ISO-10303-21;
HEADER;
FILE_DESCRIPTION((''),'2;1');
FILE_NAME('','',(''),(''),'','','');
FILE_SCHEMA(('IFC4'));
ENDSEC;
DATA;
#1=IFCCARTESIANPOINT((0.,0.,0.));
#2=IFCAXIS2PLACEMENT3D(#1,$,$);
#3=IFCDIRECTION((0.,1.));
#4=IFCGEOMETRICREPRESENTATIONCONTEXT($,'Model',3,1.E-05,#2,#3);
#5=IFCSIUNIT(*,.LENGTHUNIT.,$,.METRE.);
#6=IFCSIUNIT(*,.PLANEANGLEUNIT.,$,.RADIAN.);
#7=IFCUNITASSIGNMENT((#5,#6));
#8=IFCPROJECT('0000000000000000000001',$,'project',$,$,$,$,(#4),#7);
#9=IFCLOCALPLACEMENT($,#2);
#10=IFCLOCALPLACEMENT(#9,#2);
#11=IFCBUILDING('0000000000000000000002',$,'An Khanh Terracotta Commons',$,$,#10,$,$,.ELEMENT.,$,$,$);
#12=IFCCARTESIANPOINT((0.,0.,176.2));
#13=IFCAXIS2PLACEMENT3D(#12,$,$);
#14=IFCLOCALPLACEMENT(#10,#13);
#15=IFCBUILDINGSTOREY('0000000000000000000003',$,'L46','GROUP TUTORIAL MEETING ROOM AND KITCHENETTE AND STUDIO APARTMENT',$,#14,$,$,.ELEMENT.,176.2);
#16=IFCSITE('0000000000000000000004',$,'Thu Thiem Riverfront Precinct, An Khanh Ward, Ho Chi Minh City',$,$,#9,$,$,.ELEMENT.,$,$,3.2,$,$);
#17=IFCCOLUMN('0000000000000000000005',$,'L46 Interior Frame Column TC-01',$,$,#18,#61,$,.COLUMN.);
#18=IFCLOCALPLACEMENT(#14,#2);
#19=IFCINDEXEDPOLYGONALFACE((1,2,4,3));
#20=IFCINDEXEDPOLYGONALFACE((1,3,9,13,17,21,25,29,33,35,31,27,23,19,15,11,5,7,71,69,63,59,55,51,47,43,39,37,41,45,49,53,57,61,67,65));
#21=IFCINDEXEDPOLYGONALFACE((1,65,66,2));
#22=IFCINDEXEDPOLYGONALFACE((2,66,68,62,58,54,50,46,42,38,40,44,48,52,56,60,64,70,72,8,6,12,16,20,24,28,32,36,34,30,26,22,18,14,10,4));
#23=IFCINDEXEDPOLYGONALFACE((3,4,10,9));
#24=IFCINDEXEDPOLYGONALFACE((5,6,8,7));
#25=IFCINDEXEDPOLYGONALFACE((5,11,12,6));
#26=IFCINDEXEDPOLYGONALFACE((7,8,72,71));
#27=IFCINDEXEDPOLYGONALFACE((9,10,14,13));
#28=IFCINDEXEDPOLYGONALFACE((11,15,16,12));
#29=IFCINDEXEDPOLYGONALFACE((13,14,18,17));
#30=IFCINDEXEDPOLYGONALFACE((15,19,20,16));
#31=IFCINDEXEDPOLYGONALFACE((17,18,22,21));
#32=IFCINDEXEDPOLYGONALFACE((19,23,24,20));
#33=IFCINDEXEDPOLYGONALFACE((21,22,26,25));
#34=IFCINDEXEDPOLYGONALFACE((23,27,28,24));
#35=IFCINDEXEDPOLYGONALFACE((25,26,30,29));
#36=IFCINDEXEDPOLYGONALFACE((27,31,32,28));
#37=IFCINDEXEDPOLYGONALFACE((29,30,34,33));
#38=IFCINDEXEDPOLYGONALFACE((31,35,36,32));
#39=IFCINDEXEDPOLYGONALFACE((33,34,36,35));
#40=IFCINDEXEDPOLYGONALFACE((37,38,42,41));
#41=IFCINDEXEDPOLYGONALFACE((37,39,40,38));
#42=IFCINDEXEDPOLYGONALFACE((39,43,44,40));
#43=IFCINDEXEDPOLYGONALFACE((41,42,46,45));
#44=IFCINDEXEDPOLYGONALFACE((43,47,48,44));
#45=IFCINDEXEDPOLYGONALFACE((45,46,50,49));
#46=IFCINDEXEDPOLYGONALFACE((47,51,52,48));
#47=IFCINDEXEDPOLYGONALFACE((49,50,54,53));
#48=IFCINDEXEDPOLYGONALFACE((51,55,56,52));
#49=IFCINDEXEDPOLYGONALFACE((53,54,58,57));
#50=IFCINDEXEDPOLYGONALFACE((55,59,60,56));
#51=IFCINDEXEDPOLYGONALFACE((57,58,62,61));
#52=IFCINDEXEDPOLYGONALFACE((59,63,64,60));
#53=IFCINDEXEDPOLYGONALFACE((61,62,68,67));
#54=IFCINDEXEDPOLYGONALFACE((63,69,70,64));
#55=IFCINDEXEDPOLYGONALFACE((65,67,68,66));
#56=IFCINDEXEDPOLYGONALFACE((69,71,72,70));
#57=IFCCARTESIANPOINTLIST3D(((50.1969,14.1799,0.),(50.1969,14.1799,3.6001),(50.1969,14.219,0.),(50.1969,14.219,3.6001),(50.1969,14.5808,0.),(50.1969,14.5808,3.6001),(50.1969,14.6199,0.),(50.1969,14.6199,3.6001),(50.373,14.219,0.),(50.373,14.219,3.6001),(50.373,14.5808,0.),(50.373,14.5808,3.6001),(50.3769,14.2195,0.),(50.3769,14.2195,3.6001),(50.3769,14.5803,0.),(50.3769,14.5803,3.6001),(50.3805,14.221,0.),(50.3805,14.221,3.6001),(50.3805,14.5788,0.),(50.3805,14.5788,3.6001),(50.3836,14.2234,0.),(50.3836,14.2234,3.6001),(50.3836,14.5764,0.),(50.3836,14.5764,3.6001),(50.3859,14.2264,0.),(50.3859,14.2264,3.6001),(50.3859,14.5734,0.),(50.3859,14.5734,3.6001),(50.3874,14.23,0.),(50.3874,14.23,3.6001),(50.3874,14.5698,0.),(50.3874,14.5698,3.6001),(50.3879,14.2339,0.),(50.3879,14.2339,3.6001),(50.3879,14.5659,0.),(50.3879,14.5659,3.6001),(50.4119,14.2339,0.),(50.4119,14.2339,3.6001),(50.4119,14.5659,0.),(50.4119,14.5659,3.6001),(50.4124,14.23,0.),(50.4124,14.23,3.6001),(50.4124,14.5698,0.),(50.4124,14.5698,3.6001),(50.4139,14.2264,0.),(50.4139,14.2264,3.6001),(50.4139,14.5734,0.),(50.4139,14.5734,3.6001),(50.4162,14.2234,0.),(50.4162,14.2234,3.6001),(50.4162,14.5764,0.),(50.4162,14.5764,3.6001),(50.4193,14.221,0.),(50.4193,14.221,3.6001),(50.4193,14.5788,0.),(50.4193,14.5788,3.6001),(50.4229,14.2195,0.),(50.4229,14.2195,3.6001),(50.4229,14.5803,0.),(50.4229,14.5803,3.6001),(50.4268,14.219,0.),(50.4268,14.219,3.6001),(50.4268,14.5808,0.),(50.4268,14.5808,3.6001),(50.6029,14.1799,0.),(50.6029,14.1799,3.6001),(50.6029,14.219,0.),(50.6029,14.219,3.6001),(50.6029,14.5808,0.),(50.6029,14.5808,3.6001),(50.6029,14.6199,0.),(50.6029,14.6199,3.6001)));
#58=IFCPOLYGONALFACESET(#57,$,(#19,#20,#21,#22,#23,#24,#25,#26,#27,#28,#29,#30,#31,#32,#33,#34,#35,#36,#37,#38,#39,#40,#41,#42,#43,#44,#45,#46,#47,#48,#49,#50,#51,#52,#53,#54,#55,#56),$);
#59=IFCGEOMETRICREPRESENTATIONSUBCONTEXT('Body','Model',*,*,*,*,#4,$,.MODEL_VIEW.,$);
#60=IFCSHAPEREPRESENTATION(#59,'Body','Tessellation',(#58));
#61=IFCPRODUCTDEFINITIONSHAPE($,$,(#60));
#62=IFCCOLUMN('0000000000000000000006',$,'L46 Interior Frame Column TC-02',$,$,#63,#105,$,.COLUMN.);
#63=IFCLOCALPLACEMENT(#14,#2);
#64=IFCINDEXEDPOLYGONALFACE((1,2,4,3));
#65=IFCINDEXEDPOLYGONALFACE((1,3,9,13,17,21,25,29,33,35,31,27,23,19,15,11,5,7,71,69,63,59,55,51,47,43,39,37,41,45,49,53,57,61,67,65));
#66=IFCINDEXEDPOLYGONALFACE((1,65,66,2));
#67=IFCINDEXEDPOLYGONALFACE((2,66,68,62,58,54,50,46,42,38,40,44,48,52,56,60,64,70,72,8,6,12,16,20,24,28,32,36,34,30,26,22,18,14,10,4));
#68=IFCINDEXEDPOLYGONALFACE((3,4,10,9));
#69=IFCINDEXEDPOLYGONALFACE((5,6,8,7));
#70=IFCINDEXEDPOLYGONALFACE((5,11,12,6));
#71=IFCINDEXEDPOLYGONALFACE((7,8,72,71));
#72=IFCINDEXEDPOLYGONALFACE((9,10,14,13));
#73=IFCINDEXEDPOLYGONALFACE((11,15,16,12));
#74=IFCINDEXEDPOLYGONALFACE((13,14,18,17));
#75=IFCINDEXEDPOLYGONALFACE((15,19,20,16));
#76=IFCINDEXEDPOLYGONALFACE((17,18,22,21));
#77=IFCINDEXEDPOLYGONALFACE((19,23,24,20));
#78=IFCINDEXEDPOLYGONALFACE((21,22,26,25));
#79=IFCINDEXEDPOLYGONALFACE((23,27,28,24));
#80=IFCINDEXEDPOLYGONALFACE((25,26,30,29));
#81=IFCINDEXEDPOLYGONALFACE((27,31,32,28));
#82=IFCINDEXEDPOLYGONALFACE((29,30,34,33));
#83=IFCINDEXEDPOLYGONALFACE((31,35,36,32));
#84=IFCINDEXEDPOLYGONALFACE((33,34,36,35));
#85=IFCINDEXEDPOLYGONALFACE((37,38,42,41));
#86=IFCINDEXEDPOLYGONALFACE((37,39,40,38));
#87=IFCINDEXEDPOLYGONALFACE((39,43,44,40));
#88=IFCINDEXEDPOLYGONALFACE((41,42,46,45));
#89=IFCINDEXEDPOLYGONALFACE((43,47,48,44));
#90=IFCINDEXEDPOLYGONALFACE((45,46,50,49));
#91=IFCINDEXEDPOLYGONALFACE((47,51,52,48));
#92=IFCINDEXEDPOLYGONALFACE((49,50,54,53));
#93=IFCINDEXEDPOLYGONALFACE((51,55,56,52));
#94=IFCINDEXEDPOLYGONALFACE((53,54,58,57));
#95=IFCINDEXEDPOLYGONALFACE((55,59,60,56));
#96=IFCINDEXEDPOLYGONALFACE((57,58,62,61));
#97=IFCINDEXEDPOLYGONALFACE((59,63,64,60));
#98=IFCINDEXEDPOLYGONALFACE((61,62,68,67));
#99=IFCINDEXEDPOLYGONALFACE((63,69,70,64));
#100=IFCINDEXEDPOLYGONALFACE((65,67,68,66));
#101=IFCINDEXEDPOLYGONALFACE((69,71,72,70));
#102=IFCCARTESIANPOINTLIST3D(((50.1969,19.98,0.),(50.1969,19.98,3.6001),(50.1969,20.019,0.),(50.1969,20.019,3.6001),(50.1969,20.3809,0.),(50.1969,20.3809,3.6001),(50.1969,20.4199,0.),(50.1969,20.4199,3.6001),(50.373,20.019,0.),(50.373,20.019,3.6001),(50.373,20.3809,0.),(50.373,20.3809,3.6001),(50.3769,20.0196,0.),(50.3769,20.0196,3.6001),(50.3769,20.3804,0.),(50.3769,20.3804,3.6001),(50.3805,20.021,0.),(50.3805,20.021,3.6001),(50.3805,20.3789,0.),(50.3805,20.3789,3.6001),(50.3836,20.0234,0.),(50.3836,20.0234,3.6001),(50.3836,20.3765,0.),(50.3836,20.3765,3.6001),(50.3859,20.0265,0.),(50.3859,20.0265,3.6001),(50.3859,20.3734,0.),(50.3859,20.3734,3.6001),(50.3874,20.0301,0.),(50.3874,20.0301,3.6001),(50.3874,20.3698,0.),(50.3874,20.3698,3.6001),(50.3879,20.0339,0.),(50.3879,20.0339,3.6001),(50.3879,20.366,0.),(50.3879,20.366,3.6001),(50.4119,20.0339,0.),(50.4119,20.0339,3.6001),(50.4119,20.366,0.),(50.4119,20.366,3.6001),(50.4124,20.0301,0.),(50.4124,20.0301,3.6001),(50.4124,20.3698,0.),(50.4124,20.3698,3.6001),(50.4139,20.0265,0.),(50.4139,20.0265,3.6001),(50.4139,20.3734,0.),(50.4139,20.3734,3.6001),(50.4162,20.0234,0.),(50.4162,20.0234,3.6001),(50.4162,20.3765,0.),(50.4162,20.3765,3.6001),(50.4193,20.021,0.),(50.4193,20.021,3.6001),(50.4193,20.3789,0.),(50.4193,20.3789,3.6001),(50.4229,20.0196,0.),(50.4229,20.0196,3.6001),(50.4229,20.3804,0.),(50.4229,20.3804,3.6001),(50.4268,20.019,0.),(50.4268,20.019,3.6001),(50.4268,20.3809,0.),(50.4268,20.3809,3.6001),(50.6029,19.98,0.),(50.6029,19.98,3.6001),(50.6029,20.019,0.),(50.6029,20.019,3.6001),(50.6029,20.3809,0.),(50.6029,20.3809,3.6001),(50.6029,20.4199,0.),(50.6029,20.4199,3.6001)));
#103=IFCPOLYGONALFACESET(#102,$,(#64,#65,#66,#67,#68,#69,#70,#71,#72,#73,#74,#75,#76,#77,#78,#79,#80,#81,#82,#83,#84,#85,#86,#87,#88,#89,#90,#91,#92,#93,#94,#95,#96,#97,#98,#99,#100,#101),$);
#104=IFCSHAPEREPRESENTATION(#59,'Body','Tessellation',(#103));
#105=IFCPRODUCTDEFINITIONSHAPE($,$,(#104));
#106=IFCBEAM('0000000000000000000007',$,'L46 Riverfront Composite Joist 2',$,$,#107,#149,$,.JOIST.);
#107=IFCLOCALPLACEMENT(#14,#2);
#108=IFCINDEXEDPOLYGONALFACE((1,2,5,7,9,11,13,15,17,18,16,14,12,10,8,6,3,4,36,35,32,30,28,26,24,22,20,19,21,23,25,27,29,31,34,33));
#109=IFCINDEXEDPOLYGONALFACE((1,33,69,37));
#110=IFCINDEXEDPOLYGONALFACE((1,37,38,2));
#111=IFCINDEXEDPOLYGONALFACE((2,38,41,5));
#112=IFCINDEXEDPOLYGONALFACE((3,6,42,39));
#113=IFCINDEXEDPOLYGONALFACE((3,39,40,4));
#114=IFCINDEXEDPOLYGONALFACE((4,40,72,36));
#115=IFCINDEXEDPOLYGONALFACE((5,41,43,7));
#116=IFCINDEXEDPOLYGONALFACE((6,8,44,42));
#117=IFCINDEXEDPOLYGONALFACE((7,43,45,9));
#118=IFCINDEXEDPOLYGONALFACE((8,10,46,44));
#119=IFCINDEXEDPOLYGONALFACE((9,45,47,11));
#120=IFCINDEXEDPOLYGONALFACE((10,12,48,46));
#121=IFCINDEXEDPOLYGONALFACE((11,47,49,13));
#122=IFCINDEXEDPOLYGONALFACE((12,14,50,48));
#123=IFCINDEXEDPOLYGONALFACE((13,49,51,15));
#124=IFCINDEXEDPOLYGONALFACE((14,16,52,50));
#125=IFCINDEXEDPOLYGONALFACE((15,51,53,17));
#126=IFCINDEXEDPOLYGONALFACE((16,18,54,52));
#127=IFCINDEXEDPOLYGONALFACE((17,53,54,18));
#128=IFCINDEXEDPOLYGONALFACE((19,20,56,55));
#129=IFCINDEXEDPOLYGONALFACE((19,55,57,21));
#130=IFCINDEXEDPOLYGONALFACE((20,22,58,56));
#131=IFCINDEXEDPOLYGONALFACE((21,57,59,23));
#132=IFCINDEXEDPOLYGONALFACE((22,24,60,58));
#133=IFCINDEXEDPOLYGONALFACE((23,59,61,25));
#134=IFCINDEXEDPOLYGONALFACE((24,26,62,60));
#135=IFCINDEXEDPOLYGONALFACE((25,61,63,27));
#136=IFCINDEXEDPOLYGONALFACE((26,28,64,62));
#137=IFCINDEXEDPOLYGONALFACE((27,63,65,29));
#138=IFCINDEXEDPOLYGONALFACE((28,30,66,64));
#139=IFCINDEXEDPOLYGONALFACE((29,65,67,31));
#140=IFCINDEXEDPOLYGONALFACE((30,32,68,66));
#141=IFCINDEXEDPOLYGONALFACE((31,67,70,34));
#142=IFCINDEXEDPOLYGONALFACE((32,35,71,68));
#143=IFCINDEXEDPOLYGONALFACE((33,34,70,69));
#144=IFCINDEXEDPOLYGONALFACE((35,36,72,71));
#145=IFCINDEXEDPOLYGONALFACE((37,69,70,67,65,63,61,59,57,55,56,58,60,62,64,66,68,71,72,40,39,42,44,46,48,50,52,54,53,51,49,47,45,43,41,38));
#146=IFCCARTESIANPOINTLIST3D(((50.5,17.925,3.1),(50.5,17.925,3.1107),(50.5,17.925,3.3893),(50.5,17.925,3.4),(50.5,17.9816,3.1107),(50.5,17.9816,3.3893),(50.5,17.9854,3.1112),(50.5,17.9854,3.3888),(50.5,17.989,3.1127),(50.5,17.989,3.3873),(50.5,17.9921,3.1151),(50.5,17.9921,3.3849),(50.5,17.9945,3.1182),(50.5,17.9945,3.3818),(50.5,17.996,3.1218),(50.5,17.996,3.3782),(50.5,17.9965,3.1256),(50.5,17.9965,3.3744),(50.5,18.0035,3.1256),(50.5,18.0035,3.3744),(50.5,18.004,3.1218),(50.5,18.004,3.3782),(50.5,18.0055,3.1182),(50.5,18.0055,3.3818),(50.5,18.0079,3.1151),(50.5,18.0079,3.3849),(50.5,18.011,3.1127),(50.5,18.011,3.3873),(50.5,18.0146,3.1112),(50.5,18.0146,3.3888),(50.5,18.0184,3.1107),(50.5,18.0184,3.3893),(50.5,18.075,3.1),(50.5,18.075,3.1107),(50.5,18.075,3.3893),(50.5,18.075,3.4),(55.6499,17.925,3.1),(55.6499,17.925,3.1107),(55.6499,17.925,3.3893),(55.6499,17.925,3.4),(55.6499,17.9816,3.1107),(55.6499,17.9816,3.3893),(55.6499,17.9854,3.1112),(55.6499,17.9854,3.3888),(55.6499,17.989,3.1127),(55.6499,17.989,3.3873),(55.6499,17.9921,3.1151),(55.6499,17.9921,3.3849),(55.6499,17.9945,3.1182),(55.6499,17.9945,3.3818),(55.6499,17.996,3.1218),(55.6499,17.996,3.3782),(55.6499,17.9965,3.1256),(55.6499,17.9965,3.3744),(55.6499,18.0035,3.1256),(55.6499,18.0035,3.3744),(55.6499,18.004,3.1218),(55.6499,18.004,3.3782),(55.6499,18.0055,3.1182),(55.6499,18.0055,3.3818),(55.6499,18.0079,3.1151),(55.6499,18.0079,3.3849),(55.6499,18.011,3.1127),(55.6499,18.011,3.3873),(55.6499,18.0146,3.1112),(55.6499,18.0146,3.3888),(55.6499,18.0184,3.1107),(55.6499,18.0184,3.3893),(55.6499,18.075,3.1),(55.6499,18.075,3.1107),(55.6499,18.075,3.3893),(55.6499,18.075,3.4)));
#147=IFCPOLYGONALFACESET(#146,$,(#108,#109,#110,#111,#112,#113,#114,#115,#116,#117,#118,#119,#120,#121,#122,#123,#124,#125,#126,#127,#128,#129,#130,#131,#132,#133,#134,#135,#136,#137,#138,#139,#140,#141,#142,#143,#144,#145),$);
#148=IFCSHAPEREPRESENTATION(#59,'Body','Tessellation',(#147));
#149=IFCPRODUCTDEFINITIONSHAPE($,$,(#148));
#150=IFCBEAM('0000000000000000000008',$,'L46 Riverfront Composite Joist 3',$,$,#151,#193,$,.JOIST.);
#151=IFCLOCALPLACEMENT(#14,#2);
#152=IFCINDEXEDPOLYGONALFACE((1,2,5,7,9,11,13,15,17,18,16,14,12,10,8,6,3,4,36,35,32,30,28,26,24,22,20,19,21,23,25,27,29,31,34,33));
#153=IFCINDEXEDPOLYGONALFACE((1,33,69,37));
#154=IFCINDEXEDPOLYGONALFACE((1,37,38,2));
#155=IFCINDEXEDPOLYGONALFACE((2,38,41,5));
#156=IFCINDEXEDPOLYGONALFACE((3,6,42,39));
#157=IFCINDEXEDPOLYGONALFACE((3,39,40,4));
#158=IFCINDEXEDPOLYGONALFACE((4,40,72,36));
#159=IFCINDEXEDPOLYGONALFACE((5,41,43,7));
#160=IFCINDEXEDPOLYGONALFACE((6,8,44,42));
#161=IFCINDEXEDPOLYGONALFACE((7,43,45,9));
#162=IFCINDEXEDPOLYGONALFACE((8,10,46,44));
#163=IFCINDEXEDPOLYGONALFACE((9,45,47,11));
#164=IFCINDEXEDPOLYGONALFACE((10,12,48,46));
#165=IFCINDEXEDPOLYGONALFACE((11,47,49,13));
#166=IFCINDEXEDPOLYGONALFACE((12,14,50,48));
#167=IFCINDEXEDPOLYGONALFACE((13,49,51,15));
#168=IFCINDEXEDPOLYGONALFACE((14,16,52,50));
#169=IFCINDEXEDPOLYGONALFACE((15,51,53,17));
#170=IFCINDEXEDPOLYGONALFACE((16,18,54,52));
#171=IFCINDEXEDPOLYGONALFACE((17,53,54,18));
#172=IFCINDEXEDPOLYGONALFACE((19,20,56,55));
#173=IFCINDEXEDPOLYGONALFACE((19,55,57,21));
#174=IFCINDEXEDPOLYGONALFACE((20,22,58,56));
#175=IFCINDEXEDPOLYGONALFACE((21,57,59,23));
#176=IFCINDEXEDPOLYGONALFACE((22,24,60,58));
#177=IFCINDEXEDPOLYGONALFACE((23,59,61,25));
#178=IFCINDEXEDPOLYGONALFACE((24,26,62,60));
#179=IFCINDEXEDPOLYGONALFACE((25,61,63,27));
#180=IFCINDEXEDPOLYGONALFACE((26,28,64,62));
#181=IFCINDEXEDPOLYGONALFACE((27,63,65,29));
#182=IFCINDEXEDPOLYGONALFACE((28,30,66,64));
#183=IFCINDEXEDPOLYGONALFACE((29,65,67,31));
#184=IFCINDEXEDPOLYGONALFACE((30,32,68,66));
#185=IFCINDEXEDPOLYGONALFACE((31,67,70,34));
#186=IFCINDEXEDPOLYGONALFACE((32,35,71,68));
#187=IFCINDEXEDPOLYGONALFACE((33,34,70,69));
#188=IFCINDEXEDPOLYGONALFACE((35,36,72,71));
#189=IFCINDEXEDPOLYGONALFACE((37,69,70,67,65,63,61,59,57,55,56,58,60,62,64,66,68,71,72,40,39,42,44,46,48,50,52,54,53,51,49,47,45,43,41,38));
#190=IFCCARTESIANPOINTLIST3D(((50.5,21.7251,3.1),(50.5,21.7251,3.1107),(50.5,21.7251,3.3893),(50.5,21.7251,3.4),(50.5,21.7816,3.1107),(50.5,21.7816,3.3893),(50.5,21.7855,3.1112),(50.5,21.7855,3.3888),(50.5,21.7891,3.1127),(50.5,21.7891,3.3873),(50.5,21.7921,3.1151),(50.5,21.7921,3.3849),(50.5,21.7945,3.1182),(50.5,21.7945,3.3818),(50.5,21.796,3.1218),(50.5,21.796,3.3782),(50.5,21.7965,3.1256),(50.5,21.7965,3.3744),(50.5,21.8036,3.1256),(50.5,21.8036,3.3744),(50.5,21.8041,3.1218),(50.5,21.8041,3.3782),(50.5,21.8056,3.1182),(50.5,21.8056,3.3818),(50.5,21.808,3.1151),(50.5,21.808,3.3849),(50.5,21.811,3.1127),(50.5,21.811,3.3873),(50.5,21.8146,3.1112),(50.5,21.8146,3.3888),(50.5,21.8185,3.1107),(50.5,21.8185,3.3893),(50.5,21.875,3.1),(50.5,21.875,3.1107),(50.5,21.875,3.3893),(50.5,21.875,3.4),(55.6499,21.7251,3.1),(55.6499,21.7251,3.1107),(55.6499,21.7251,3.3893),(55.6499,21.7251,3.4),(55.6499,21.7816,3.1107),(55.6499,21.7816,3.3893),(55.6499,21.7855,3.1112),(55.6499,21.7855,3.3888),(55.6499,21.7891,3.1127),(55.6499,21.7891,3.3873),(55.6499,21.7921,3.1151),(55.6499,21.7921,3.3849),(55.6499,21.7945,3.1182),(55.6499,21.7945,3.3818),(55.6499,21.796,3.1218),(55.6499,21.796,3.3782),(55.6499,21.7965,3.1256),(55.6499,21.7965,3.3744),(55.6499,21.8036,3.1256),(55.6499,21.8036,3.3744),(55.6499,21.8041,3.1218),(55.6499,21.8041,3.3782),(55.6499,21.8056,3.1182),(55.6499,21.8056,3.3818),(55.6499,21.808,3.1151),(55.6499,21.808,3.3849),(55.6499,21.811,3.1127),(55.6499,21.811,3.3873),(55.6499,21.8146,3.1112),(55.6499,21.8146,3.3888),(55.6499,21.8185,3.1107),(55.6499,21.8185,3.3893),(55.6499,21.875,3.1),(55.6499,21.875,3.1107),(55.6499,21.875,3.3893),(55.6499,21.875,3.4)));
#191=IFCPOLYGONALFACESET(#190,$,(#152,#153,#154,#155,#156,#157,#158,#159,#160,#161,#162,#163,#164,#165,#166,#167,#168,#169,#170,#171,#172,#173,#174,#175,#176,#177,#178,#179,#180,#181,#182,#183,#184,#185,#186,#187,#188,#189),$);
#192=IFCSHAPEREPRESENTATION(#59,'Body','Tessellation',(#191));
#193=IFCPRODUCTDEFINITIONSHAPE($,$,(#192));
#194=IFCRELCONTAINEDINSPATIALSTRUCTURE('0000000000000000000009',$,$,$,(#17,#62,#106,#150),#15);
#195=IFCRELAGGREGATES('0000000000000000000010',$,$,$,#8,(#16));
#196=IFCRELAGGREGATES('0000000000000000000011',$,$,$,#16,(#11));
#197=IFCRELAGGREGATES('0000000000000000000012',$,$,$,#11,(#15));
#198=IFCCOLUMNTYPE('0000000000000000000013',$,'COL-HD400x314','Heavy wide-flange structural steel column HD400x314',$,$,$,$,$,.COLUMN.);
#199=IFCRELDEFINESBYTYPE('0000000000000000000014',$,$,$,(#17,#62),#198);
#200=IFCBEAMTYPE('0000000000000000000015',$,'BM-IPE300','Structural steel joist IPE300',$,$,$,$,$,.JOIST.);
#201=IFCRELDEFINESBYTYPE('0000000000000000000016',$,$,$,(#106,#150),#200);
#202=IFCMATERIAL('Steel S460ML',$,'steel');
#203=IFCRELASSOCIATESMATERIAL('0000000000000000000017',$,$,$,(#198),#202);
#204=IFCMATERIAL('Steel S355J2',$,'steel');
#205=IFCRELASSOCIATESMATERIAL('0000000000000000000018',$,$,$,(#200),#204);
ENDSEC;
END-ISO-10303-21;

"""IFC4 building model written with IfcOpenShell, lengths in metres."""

from ifc_helpers import new_model, si_unit, direction, frame, origin, origin_2d, place, context, subcontext, project, spatial, i_section, extrude, material, material_profile, profile_set, type_object, element, save


model = new_model("IFC4")

# Units and contexts
model_context = context("Model", 3, precision=1e-05, world=origin(), true_north=direction((0.0, 1.0)))
body_context = subcontext(model_context, "Body", "Model", "MODEL_VIEW")
ifc_project = project(units=[si_unit("LENGTHUNIT", "METRE"), si_unit("PLANEANGLEUNIT", "RADIAN")], contexts=[model_context])

# Site, building, storey
site_placement = place(None, origin())
site = spatial("IfcSite", under=ifc_project, at=site_placement, Name="Thu Thiem Riverfront Precinct, An Khanh Ward, Ho Chi Minh City", CompositionType="ELEMENT", RefElevation=3.2)
building_placement = place(site_placement, origin())
building = spatial("IfcBuilding", under=site, at=building_placement, Name="An Khanh Terracotta Commons", CompositionType="ELEMENT")
storey_placement = place(building_placement, frame((0.0, 0.0, 176.2)))
storey = spatial("IfcBuildingStorey", under=building, at=storey_placement, Name="L46", Description="GROUP TUTORIAL MEETING ROOM AND KITCHENETTE AND STUDIO APARTMENT", CompositionType="ELEMENT", Elevation=176.2)

# Columns
ifc_material_1 = material(Name="Steel S460ML", Category="steel")
ifc_material_profile_1 = material_profile(ifc_material_1, i_section(OverallWidth=0.406, OverallDepth=0.4399, WebThickness=0.0239, FlangeThickness=0.0391, FilletRadius=0.0149, at=origin_2d()), Name="HD400x314")
ifc_profile_set_1 = profile_set([ifc_material_profile_1], Name="Steel S460ML")
column_type = type_object("IfcColumnType", Name="COL-HD400x314", Description="Heavy wide-flange structural steel column HD400x314", PredefinedType="COLUMN", material=ifc_profile_set_1)
for number, where, z_axis, x_axis, name in (
    (1, (50.3999, 14.3999, 0.0), (0.0, 0.0, 1.0), (1.0, 0.0, 0.0), "L46 Interior Frame Column TC-01"),
    (2, (50.3999, 20.2, 0.0), (0.0, 0.0, 1.0), (1.0, 0.0, 0.0), "L46 Interior Frame Column TC-02"),
):
    element("IfcColumn", number, at=place(storey_placement, frame(where, z_axis=z_axis, x_axis=x_axis)), inside=storey, type_object=column_type, Name=name, PredefinedType="COLUMN", context=body_context, shape_type="SweptSolid", body=[
        extrude(i_section(OverallWidth=0.406, OverallDepth=0.4399, WebThickness=0.0239, FlangeThickness=0.0391, FilletRadius=0.0149, at=origin_2d()), origin(), (0.0, 0.0, 1.0), 3.6001),
    ])

# Beams
ifc_material_2 = material(Name="Steel S355J2", Category="steel")
ifc_material_profile_2 = material_profile(ifc_material_2, i_section(OverallWidth=0.1499, OverallDepth=0.3, WebThickness=0.0071, FlangeThickness=0.0107, FilletRadius=0.0149, at=origin_2d()), Name="IPE300")
ifc_profile_set_2 = profile_set([ifc_material_profile_2], Name="Steel S355J2")
beam_type_1 = type_object("IfcBeamType", Name="BM-IPE300", Description="Structural steel joist IPE300", PredefinedType="JOIST", material=ifc_profile_set_2)
for number, where, z_axis, x_axis, name in (
    (3, (50.5, 18.0, 3.25), (1.0, 0.0, 0.0), (0.0, 1.0, 0.0), "L46 Riverfront Composite Joist 2"),
    (4, (50.5, 21.8, 3.25), (1.0, 0.0, 0.0), (0.0, 1.0, 0.0), "L46 Riverfront Composite Joist 3"),
):
    element("IfcBeam", number, at=place(storey_placement, frame(where, z_axis=z_axis, x_axis=x_axis)), inside=storey, type_object=beam_type_1, Name=name, PredefinedType="JOIST", context=body_context, shape_type="SweptSolid", body=[
        extrude(i_section(OverallWidth=0.1499, OverallDepth=0.3, WebThickness=0.0071, FlangeThickness=0.0107, FilletRadius=0.0149, at=origin_2d()), origin(), (0.0, 0.0, 1.0), 5.1499),
    ])

save(model, "model.ifc")
